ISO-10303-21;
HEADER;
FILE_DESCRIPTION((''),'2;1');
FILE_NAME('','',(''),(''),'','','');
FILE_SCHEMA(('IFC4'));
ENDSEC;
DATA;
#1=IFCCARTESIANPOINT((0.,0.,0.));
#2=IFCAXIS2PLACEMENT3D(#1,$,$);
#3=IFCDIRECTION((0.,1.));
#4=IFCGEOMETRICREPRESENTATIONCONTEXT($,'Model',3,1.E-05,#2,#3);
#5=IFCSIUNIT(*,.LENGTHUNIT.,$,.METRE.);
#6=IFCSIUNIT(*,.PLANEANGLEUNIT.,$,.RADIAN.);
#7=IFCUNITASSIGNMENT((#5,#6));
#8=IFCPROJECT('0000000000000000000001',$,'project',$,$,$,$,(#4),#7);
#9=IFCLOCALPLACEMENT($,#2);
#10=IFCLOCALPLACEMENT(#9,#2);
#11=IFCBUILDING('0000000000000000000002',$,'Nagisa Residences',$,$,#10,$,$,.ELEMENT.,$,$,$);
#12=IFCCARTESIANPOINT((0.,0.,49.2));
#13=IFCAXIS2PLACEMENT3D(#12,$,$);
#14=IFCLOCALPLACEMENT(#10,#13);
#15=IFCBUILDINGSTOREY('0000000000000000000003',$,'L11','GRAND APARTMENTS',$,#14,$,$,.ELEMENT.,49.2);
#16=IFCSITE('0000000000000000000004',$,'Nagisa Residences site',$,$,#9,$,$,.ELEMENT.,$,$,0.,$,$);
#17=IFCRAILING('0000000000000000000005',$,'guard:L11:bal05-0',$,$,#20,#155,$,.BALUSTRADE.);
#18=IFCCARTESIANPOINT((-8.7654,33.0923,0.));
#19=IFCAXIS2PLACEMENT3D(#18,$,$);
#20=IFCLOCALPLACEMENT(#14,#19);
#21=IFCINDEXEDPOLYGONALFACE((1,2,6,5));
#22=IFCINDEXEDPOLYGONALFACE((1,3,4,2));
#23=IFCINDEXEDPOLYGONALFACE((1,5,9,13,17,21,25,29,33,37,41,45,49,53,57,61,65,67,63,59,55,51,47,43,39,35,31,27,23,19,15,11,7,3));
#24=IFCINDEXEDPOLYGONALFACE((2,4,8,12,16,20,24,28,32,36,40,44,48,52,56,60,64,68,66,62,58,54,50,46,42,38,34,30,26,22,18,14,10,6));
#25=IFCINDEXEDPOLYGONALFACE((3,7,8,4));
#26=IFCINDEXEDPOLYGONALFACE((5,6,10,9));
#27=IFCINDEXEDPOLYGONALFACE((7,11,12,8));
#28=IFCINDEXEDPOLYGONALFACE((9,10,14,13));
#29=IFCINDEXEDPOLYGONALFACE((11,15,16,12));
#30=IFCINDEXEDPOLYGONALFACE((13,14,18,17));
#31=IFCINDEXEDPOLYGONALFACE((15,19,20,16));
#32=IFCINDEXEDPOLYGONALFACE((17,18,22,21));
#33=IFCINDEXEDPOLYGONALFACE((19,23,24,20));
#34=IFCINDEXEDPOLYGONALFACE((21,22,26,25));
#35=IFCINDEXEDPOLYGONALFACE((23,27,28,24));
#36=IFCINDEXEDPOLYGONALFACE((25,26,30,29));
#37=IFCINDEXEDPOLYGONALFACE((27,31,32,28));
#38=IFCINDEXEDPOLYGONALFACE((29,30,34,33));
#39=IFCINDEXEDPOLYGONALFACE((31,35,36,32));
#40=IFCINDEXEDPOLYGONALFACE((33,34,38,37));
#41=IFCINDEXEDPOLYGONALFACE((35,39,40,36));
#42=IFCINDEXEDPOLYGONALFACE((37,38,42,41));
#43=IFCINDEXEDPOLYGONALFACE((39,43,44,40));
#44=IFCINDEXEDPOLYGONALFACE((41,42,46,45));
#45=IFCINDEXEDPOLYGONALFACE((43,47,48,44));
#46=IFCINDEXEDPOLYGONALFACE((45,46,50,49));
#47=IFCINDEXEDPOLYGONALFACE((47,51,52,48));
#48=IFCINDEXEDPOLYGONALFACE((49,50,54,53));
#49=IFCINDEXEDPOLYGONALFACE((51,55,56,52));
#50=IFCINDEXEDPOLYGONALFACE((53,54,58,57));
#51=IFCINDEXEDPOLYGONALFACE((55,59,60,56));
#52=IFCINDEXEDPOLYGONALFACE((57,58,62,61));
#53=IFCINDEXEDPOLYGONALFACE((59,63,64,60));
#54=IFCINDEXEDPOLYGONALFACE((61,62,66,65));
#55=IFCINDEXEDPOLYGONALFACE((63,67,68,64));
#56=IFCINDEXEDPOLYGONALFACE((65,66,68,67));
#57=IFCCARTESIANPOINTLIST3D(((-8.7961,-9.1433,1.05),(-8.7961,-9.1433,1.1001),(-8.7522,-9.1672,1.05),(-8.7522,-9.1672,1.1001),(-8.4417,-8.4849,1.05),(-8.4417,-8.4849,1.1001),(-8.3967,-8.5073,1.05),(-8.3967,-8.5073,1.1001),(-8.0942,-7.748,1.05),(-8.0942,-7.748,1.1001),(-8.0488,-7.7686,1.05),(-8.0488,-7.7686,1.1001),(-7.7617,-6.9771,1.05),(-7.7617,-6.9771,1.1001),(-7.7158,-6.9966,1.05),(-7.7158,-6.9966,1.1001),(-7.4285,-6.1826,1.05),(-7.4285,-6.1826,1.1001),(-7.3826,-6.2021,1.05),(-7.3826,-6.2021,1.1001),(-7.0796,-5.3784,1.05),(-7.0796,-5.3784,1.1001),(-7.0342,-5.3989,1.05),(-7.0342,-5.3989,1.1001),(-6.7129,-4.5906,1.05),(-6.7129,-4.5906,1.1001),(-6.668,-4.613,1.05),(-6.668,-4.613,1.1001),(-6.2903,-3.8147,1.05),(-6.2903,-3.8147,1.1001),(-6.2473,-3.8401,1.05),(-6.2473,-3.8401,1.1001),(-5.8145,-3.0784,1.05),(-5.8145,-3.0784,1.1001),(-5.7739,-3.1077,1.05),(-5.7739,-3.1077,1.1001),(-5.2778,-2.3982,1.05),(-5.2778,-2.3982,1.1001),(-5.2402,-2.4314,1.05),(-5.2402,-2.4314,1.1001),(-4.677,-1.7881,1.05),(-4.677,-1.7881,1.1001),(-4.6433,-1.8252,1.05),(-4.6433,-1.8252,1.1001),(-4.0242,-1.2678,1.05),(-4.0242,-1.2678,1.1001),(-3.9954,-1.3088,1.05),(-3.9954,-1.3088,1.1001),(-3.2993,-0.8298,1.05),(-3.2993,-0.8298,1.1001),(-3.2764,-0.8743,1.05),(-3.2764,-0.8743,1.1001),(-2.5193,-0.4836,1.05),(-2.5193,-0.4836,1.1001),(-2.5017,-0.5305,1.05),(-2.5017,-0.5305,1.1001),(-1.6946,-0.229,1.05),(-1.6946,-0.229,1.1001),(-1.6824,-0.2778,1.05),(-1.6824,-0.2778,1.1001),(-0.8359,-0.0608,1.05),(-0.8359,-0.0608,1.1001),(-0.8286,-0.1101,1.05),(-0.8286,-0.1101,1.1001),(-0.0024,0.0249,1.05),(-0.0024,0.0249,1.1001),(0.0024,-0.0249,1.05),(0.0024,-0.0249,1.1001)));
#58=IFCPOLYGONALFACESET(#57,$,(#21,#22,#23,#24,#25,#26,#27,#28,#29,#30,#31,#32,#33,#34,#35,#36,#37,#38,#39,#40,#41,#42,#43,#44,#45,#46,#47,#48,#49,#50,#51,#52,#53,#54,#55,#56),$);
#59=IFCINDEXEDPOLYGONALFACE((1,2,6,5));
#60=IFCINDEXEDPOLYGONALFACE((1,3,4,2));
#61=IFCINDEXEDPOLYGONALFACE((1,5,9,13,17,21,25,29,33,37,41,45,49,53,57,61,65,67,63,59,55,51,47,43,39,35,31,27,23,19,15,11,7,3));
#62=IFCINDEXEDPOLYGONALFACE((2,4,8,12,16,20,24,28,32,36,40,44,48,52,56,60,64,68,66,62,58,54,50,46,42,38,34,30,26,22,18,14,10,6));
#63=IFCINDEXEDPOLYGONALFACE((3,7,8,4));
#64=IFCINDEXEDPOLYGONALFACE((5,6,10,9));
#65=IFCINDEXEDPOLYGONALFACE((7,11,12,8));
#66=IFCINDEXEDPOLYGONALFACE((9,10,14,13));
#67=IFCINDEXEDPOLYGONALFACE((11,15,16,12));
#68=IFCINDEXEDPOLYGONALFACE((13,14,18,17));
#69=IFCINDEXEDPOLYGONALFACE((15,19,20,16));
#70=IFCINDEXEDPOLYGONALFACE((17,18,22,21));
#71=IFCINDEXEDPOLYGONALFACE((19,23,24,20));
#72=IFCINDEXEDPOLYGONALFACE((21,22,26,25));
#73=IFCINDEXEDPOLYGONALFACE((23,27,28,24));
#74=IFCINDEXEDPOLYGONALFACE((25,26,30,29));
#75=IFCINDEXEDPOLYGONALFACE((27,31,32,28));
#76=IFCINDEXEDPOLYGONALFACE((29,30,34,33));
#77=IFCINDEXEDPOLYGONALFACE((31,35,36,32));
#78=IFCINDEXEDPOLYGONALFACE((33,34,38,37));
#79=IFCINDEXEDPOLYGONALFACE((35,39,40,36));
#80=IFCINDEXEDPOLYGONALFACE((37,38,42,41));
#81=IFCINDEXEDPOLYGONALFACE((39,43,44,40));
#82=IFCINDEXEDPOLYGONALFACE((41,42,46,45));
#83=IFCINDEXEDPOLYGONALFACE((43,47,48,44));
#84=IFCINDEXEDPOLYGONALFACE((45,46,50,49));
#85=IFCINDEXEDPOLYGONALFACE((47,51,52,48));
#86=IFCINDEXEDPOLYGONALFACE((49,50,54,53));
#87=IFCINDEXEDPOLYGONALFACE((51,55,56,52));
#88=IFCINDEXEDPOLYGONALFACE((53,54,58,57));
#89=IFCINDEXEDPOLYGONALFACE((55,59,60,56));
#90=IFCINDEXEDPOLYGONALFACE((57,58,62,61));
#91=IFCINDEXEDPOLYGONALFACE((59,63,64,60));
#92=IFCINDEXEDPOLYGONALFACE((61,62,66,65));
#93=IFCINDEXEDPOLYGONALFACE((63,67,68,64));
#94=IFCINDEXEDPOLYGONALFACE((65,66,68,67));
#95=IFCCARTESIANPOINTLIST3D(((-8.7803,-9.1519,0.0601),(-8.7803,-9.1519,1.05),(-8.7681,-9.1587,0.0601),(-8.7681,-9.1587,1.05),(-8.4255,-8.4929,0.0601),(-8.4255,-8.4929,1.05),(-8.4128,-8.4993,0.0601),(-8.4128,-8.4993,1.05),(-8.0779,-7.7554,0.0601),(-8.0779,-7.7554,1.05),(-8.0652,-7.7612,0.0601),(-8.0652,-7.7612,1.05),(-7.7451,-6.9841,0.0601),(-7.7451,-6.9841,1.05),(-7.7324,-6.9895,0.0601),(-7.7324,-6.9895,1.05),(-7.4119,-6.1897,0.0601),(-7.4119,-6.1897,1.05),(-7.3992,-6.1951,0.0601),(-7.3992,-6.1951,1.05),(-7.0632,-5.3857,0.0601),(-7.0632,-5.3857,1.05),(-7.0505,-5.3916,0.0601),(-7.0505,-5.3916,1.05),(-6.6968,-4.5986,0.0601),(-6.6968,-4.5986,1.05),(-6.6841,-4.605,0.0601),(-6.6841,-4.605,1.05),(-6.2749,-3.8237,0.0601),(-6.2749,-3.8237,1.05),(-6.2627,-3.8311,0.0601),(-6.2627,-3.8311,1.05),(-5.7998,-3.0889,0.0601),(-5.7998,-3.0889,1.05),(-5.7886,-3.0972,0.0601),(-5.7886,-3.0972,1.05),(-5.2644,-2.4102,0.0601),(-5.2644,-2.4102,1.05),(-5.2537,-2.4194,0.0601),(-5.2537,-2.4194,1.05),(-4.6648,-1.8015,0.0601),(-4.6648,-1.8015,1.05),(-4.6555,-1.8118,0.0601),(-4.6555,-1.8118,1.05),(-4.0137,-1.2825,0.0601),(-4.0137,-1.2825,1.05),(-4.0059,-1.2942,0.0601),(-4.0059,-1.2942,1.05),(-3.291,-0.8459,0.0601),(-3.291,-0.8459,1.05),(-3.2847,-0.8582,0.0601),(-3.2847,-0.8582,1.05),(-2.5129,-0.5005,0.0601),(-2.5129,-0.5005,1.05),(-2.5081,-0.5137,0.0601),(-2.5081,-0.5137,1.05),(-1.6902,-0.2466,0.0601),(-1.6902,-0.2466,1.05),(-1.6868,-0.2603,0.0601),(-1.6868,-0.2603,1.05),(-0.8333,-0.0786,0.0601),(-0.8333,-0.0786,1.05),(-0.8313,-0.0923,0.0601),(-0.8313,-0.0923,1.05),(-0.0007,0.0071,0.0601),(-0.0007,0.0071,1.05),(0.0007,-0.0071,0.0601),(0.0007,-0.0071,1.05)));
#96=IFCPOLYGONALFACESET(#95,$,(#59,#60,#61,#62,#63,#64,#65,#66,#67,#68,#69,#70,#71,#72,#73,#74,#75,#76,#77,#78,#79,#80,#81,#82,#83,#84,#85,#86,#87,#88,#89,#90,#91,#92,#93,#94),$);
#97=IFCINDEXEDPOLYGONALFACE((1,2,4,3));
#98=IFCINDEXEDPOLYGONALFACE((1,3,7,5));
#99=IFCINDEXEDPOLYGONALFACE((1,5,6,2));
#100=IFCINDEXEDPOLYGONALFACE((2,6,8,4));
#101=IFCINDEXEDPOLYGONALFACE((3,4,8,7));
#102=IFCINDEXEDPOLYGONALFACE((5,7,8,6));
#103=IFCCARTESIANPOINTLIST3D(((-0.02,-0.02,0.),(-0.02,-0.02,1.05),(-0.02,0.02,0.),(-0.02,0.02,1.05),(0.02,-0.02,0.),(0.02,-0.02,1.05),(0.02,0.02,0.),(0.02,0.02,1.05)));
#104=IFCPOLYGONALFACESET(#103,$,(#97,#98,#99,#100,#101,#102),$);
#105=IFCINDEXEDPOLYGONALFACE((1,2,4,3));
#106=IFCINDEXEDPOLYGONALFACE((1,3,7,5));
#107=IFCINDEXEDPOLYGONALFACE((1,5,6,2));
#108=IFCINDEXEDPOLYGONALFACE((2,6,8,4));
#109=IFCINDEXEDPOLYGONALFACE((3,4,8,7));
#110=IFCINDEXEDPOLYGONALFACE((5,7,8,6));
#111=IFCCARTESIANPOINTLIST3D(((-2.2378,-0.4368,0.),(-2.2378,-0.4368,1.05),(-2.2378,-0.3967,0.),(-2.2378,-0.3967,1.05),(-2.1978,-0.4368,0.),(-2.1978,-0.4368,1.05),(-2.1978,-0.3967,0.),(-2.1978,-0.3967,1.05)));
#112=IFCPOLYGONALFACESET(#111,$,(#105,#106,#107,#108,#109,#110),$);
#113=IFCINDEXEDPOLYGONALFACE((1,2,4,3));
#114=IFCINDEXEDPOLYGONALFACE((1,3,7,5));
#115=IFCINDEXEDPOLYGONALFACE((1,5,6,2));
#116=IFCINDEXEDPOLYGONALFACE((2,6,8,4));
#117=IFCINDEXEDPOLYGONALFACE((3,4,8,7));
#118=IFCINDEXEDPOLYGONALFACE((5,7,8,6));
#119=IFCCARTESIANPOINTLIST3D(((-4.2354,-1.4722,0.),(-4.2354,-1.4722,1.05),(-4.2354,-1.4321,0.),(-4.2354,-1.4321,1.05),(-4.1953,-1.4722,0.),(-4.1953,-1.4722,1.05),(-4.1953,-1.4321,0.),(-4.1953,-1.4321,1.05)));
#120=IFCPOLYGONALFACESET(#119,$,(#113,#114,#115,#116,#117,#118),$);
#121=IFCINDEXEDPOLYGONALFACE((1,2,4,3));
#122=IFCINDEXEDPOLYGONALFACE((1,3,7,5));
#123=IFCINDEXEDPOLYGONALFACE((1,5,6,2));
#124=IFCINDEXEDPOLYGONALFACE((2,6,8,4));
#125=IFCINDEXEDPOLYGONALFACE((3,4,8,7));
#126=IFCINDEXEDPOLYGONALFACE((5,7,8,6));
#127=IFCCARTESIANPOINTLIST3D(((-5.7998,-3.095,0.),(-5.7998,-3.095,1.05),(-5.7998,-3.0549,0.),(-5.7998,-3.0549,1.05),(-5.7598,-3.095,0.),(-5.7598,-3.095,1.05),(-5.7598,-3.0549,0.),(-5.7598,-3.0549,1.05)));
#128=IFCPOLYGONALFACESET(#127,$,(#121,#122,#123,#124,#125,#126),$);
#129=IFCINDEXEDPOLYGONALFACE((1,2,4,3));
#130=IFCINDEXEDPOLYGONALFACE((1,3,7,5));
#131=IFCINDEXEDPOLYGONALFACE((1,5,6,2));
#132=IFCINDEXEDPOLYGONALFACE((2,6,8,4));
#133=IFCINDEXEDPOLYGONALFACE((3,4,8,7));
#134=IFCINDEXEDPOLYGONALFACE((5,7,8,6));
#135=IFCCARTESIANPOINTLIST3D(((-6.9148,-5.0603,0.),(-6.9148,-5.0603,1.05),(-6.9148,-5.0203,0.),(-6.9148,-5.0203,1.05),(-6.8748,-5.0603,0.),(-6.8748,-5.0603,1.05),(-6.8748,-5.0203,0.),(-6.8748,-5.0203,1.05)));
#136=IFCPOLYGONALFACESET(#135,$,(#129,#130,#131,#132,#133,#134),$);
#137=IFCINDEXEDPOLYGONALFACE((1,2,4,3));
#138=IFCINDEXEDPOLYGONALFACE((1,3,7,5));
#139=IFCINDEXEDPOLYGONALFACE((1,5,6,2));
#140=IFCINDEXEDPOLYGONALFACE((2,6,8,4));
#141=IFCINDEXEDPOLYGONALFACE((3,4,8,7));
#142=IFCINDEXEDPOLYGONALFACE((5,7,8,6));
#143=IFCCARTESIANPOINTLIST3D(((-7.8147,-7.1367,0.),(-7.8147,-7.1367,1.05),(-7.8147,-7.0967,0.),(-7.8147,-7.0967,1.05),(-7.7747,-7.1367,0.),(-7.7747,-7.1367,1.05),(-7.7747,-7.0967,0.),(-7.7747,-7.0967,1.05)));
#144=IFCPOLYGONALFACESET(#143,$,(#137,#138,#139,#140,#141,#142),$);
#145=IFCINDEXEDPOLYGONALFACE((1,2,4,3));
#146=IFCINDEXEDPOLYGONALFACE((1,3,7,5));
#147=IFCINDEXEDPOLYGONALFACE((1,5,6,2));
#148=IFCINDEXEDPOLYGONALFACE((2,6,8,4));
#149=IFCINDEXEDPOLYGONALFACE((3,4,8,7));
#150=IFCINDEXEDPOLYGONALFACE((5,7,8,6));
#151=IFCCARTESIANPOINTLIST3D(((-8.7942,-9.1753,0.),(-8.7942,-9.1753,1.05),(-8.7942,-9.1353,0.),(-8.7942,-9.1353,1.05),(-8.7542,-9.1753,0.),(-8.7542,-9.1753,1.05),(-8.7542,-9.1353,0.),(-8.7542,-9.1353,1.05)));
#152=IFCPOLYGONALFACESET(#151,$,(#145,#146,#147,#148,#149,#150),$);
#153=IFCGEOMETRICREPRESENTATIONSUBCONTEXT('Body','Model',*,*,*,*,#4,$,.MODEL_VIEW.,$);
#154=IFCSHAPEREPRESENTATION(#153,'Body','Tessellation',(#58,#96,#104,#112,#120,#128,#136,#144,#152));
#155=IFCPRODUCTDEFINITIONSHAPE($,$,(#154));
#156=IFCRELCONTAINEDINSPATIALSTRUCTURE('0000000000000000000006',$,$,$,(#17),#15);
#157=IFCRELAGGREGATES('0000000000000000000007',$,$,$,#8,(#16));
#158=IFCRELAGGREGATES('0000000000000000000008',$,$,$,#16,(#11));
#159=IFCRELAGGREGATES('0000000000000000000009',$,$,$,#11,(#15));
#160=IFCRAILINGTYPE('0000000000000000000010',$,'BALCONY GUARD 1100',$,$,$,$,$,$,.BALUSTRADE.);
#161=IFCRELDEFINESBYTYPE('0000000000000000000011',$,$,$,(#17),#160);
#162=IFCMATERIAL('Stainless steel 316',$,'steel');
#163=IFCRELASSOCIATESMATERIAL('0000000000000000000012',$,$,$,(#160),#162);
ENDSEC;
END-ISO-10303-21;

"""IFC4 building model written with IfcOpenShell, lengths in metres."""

from ifc_helpers import new_model, si_unit, direction, frame, origin, origin_2d, place, context, subcontext, project, spatial, polyline, rectangle, outline, extrude, material, type_object, element, save


model = new_model("IFC4")

# Units and contexts
model_context = context("Model", 3, precision=1e-05, world=origin(), true_north=direction((0.0, 1.0)))
body_context = subcontext(model_context, "Body", "Model", "MODEL_VIEW")
ifc_project = project(units=[si_unit("LENGTHUNIT", "METRE"), si_unit("PLANEANGLEUNIT", "RADIAN")], contexts=[model_context])

# Site, building, storey
site_placement = place(None, origin())
site = spatial("IfcSite", under=ifc_project, at=site_placement, Name="Nagisa Residences site", CompositionType="ELEMENT", RefElevation=0.0)
building_placement = place(site_placement, origin())
building = spatial("IfcBuilding", under=site, at=building_placement, Name="Nagisa Residences", CompositionType="ELEMENT")
storey_placement = place(building_placement, frame((0.0, 0.0, 49.2)))
storey = spatial("IfcBuildingStorey", under=building, at=storey_placement, Name="L11", Description="GRAND APARTMENTS", CompositionType="ELEMENT", Elevation=49.2)

# Railing
ifc_material_1 = material(Name="Stainless steel 316", Category="steel")
railing_type = type_object("IfcRailingType", Name="BALCONY GUARD 1100", PredefinedType="BALUSTRADE", material=ifc_material_1)
railing_placement = place(storey_placement, frame((-8.7654, 33.0923, 0.0)))
element("IfcRailing", 1, at=railing_placement, inside=storey, type_object=railing_type, Name="guard:L11:bal05-0", PredefinedType="BALUSTRADE", context=body_context, shape_type="SweptSolid", body=[
    extrude(outline(polyline([(-0.8286, -0.1101), (0.0024, -0.0249), (-0.0024, 0.0249), (-0.8359, -0.0608), (-1.6946, -0.229), (-2.5193, -0.4836), (-3.2993, -0.8298), (-4.0242, -1.2678), (-4.677, -1.7881), (-5.2778, -2.3982), (-5.8145, -3.0784), (-6.2903, -3.8147), (-6.7129, -4.5906), (-7.0796, -5.3784), (-7.4285, -6.1826), (-7.7617, -6.9771), (-8.0942, -7.748), (-8.4417, -8.4849), (-8.7961, -9.1433), (-8.7522, -9.1672), (-8.3967, -8.5073), (-8.0488, -7.7686), (-7.7158, -6.9966), (-7.3826, -6.2021), (-7.0342, -5.3989), (-6.668, -4.613), (-6.2473, -3.8401), (-5.7739, -3.1077), (-5.2402, -2.4314), (-4.6433, -1.8252), (-3.9954, -1.3088), (-3.2764, -0.8743), (-2.5017, -0.5305), (-1.6824, -0.2778), (-0.8286, -0.1101)])), frame((0.0, 0.0, 1.05)), (0.0, 0.0, 1.0), 0.05),
    extrude(outline(polyline([(-0.8313, -0.0923), (0.0007, -0.0071), (-0.0007, 0.0071), (-0.8333, -0.0786), (-1.6902, -0.2466), (-2.5129, -0.5005), (-3.291, -0.8459), (-4.0137, -1.2825), (-4.6648, -1.8015), (-5.2644, -2.4102), (-5.7998, -3.0889), (-6.2749, -3.8237), (-6.6968, -4.5986), (-7.0632, -5.3857), (-7.4119, -6.1897), (-7.7451, -6.9841), (-8.0779, -7.7554), (-8.4255, -8.4929), (-8.7803, -9.1519), (-8.7681, -9.1587), (-8.4128, -8.4993), (-8.0652, -7.7612), (-7.7324, -6.9895), (-7.3992, -6.1951), (-7.0505, -5.3916), (-6.6841, -4.605), (-6.2627, -3.8311), (-5.7886, -3.0972), (-5.2537, -2.4194), (-4.6555, -1.8118), (-4.0059, -1.2942), (-3.2847, -0.8582), (-2.5081, -0.5137), (-1.6868, -0.2603), (-0.8313, -0.0923)])), frame((0.0, 0.0, 0.0601)), (0.0, 0.0, 1.0), 0.99),
    extrude(rectangle(XDim=0.04, YDim=0.04, at=origin_2d()), origin(), (0.0, 0.0, 1.0), 1.05),
    extrude(rectangle(XDim=0.04, YDim=0.04, at=origin_2d()), frame((-2.2178, -0.4167, 0.0)), (0.0, 0.0, 1.0), 1.05),
    extrude(rectangle(XDim=0.04, YDim=0.04, at=origin_2d()), frame((-4.2153, -1.4521, 0.0)), (0.0, 0.0, 1.0), 1.05),
    extrude(rectangle(XDim=0.04, YDim=0.04, at=origin_2d()), frame((-5.7798, -3.075, 0.0)), (0.0, 0.0, 1.0), 1.05),
    extrude(rectangle(XDim=0.04, YDim=0.04, at=origin_2d()), frame((-6.8948, -5.0403, 0.0)), (0.0, 0.0, 1.0), 1.05),
    extrude(rectangle(XDim=0.04, YDim=0.04, at=origin_2d()), frame((-7.7947, -7.1167, 0.0)), (0.0, 0.0, 1.0), 1.05),
    extrude(rectangle(XDim=0.04, YDim=0.04, at=origin_2d()), frame((-8.7742, -9.1553, 0.0)), (0.0, 0.0, 1.0), 1.05),
])

save(model, "model.ifc")
